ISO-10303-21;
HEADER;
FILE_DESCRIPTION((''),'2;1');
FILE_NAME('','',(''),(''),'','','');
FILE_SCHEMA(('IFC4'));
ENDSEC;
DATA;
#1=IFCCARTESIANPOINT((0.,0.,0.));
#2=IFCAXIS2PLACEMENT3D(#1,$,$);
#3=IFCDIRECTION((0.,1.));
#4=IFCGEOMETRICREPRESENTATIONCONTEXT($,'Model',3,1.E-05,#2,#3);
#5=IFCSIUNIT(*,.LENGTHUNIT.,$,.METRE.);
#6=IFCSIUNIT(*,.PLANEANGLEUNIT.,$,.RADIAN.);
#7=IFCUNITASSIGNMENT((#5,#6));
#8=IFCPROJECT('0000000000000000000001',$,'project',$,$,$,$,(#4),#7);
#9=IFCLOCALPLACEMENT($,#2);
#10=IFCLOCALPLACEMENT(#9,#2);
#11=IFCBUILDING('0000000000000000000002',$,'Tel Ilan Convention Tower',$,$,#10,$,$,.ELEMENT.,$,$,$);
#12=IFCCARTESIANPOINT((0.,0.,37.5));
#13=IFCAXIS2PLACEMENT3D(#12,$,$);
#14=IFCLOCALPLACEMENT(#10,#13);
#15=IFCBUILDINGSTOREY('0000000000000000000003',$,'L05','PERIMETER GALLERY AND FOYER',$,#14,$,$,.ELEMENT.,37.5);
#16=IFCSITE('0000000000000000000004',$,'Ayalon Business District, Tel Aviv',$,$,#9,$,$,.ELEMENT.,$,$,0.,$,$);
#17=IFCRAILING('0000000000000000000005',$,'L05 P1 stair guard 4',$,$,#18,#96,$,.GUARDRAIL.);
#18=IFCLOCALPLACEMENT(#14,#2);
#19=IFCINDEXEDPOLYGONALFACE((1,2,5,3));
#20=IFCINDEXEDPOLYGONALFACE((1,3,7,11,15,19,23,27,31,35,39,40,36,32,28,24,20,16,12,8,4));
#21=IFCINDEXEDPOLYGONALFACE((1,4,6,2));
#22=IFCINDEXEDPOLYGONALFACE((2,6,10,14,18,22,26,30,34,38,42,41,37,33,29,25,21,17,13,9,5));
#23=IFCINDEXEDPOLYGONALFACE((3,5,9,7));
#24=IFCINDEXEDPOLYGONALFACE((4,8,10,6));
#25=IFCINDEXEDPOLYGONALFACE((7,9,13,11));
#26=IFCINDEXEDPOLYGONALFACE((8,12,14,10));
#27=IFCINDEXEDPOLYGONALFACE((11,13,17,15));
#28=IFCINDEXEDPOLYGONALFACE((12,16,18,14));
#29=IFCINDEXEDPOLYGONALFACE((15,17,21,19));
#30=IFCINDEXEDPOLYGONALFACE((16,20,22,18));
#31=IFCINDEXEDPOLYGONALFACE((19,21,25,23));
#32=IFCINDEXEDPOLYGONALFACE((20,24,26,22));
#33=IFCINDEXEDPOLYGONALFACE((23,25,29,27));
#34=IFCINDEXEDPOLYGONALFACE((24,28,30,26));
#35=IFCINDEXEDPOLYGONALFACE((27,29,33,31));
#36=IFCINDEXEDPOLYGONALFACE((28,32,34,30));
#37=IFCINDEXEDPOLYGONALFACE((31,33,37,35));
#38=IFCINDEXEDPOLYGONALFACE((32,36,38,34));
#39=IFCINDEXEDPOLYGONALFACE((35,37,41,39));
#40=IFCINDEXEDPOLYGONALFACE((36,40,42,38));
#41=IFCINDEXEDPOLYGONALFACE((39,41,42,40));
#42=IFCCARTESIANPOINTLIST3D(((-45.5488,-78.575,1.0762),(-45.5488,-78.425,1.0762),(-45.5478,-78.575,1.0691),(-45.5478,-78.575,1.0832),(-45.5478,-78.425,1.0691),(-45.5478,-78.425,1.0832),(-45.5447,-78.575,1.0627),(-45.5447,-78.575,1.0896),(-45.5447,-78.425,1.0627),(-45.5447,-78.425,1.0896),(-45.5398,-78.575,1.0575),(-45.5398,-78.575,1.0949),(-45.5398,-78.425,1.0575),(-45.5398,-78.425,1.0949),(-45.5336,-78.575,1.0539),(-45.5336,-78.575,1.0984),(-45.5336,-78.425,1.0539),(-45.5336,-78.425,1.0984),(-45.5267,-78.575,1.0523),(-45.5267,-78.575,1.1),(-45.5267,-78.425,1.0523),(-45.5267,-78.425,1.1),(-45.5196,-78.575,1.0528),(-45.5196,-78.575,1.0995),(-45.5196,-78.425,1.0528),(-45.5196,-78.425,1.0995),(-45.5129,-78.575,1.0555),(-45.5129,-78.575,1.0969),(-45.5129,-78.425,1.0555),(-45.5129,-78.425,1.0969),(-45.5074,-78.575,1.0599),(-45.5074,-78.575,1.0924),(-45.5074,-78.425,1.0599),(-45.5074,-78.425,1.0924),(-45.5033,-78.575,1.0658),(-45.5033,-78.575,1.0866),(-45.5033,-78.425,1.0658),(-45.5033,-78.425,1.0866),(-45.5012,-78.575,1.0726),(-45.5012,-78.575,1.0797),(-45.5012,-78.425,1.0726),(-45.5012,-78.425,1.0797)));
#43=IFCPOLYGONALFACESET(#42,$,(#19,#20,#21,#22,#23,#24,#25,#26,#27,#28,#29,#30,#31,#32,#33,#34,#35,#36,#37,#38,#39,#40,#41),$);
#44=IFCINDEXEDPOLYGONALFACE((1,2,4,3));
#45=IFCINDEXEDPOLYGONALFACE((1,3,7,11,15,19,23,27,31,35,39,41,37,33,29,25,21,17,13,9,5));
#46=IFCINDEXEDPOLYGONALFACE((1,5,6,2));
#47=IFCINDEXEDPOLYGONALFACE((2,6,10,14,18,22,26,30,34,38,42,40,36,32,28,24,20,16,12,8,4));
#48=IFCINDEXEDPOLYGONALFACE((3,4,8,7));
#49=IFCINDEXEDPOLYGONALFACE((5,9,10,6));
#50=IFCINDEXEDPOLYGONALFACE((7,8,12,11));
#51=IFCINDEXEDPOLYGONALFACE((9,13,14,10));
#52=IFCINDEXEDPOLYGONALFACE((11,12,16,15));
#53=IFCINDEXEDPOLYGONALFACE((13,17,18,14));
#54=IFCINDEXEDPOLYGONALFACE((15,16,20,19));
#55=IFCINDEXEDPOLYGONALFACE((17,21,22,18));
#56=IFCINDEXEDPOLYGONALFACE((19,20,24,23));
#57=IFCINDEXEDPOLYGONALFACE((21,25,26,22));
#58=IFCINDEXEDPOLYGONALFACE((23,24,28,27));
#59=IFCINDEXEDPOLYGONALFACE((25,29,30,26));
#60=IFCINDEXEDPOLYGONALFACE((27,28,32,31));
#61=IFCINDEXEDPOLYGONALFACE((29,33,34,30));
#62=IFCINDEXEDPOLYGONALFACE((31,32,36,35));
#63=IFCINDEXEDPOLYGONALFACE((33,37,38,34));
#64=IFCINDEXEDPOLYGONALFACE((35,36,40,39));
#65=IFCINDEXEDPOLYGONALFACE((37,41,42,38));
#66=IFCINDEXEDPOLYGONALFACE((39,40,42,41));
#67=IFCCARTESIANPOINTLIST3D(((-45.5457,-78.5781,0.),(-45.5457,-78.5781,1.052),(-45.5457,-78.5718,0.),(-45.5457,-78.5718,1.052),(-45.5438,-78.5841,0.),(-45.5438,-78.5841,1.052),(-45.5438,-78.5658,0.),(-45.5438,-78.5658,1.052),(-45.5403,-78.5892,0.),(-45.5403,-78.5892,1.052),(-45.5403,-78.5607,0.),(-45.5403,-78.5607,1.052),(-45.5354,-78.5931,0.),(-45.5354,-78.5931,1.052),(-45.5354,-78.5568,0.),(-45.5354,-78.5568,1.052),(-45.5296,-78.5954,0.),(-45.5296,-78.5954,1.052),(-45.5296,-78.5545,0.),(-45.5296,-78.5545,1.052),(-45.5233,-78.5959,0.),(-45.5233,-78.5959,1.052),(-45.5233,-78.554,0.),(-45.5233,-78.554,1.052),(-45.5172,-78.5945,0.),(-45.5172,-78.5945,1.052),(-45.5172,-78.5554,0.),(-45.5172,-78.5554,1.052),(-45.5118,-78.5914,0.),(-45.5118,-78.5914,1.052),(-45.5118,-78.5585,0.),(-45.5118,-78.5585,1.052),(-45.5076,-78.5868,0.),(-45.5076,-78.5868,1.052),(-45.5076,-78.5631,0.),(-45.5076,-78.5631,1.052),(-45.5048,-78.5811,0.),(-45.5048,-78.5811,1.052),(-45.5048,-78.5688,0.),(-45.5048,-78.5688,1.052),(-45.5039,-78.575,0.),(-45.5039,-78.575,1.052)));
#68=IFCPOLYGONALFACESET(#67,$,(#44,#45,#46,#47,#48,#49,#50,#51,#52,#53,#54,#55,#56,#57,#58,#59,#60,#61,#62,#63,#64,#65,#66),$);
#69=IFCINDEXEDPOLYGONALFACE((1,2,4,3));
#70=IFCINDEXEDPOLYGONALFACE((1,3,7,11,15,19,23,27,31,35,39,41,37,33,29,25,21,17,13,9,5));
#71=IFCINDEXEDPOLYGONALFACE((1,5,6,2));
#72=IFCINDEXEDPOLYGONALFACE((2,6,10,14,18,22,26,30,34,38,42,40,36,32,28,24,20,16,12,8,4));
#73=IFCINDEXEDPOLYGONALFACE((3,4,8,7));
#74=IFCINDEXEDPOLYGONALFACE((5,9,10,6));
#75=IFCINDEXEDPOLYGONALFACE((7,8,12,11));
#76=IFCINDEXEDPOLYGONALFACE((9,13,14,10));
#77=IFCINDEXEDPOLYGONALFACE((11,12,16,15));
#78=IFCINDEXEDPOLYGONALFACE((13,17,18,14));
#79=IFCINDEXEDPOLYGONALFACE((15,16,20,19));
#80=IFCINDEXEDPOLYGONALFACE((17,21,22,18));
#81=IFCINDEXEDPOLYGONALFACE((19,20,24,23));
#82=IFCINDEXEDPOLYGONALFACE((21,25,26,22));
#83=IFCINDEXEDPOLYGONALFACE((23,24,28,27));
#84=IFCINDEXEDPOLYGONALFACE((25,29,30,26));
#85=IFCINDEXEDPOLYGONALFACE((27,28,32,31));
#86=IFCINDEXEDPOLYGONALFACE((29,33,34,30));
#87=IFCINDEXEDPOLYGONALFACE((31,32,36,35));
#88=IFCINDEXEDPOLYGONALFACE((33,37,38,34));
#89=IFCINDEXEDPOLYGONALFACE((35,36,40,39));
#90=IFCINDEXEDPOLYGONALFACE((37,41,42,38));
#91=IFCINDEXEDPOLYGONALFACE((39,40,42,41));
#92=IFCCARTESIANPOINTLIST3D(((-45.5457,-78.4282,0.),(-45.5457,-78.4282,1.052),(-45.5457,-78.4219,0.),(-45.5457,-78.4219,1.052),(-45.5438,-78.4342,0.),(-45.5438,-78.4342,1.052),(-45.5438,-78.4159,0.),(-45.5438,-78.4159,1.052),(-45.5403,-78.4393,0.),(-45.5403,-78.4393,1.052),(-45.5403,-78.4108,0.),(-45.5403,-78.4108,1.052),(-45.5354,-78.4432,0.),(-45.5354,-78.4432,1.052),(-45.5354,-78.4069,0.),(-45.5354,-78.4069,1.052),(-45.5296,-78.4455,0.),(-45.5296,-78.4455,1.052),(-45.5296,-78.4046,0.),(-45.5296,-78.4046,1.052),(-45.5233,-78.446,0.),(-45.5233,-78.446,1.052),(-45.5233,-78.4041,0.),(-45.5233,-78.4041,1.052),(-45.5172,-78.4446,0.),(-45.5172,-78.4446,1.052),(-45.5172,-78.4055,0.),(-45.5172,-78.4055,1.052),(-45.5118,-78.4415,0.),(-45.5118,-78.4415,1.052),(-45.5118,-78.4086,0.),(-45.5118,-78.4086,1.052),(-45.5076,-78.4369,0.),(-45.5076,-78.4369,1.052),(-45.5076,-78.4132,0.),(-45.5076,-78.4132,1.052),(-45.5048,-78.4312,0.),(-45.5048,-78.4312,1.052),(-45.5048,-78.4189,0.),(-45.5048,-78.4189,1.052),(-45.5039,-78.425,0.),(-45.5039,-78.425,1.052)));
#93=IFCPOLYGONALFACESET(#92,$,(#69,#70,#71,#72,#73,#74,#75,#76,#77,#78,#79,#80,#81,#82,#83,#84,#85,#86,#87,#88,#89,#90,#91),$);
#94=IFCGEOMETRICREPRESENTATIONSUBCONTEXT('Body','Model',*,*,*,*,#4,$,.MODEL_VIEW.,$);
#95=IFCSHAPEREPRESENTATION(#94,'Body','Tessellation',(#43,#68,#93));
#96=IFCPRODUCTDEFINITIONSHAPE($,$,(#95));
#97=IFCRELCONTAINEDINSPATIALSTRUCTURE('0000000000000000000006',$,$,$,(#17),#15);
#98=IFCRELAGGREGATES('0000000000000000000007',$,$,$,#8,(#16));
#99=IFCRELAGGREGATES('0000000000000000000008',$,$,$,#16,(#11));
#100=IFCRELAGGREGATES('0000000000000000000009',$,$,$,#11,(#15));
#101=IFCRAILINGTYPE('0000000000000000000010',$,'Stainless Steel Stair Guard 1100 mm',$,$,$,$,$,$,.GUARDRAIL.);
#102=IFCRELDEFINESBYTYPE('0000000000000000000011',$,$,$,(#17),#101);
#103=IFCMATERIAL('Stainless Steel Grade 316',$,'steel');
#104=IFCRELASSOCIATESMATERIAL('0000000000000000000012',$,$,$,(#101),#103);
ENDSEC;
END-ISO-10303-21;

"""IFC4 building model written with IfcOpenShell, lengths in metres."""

from ifc_helpers import new_model, si_unit, direction, frame, origin, origin_2d, place, context, subcontext, project, spatial, circle, extrude, material, type_object, element, save


model = new_model("IFC4")

# Units and contexts
model_context = context("Model", 3, precision=1e-05, world=origin(), true_north=direction((0.0, 1.0)))
body_context = subcontext(model_context, "Body", "Model", "MODEL_VIEW")
ifc_project = project(units=[si_unit("LENGTHUNIT", "METRE"), si_unit("PLANEANGLEUNIT", "RADIAN")], contexts=[model_context])

# Site, building, storey
site_placement = place(None, origin())
site = spatial("IfcSite", under=ifc_project, at=site_placement, Name="Ayalon Business District, Tel Aviv", CompositionType="ELEMENT", RefElevation=0.0)
building_placement = place(site_placement, origin())
building = spatial("IfcBuilding", under=site, at=building_placement, Name="Tel Ilan Convention Tower", CompositionType="ELEMENT")
storey_placement = place(building_placement, frame((0.0, 0.0, 37.5)))
storey = spatial("IfcBuildingStorey", under=building, at=storey_placement, Name="L05", Description="PERIMETER GALLERY AND FOYER", CompositionType="ELEMENT", Elevation=37.5)

# Railing
ifc_material_1 = material(Name="Stainless Steel Grade 316", Category="steel")
railing_type = type_object("IfcRailingType", Name="Stainless Steel Stair Guard 1100 mm", PredefinedType="GUARDRAIL", material=ifc_material_1)
railing_1_placement = place(storey_placement, frame((-45.5249, -78.575, 0.0)))
element("IfcRailing", 1, at=railing_1_placement, inside=storey, type_object=railing_type, Name="L05 P1 stair guard 4", PredefinedType="GUARDRAIL", context=body_context, shape_type="SweptSolid", body=[
    extrude(circle(Radius=0.0239, at=origin_2d()), frame((0.0, 0.0, 1.0762), z_axis=(0.0, 1.0, 0.0), x_axis=(-1.0, 0.0, 0.0)), (0.0, 0.0, 1.0), 0.1499),
    extrude(circle(Radius=0.021, at=origin_2d()), origin(), (0.0, 0.0, 1.0), 1.052),
    extrude(circle(Radius=0.021, at=origin_2d()), frame((0.0, 0.1499, 0.0)), (0.0, 0.0, 1.0), 1.052),
])

save(model, "model.ifc")
